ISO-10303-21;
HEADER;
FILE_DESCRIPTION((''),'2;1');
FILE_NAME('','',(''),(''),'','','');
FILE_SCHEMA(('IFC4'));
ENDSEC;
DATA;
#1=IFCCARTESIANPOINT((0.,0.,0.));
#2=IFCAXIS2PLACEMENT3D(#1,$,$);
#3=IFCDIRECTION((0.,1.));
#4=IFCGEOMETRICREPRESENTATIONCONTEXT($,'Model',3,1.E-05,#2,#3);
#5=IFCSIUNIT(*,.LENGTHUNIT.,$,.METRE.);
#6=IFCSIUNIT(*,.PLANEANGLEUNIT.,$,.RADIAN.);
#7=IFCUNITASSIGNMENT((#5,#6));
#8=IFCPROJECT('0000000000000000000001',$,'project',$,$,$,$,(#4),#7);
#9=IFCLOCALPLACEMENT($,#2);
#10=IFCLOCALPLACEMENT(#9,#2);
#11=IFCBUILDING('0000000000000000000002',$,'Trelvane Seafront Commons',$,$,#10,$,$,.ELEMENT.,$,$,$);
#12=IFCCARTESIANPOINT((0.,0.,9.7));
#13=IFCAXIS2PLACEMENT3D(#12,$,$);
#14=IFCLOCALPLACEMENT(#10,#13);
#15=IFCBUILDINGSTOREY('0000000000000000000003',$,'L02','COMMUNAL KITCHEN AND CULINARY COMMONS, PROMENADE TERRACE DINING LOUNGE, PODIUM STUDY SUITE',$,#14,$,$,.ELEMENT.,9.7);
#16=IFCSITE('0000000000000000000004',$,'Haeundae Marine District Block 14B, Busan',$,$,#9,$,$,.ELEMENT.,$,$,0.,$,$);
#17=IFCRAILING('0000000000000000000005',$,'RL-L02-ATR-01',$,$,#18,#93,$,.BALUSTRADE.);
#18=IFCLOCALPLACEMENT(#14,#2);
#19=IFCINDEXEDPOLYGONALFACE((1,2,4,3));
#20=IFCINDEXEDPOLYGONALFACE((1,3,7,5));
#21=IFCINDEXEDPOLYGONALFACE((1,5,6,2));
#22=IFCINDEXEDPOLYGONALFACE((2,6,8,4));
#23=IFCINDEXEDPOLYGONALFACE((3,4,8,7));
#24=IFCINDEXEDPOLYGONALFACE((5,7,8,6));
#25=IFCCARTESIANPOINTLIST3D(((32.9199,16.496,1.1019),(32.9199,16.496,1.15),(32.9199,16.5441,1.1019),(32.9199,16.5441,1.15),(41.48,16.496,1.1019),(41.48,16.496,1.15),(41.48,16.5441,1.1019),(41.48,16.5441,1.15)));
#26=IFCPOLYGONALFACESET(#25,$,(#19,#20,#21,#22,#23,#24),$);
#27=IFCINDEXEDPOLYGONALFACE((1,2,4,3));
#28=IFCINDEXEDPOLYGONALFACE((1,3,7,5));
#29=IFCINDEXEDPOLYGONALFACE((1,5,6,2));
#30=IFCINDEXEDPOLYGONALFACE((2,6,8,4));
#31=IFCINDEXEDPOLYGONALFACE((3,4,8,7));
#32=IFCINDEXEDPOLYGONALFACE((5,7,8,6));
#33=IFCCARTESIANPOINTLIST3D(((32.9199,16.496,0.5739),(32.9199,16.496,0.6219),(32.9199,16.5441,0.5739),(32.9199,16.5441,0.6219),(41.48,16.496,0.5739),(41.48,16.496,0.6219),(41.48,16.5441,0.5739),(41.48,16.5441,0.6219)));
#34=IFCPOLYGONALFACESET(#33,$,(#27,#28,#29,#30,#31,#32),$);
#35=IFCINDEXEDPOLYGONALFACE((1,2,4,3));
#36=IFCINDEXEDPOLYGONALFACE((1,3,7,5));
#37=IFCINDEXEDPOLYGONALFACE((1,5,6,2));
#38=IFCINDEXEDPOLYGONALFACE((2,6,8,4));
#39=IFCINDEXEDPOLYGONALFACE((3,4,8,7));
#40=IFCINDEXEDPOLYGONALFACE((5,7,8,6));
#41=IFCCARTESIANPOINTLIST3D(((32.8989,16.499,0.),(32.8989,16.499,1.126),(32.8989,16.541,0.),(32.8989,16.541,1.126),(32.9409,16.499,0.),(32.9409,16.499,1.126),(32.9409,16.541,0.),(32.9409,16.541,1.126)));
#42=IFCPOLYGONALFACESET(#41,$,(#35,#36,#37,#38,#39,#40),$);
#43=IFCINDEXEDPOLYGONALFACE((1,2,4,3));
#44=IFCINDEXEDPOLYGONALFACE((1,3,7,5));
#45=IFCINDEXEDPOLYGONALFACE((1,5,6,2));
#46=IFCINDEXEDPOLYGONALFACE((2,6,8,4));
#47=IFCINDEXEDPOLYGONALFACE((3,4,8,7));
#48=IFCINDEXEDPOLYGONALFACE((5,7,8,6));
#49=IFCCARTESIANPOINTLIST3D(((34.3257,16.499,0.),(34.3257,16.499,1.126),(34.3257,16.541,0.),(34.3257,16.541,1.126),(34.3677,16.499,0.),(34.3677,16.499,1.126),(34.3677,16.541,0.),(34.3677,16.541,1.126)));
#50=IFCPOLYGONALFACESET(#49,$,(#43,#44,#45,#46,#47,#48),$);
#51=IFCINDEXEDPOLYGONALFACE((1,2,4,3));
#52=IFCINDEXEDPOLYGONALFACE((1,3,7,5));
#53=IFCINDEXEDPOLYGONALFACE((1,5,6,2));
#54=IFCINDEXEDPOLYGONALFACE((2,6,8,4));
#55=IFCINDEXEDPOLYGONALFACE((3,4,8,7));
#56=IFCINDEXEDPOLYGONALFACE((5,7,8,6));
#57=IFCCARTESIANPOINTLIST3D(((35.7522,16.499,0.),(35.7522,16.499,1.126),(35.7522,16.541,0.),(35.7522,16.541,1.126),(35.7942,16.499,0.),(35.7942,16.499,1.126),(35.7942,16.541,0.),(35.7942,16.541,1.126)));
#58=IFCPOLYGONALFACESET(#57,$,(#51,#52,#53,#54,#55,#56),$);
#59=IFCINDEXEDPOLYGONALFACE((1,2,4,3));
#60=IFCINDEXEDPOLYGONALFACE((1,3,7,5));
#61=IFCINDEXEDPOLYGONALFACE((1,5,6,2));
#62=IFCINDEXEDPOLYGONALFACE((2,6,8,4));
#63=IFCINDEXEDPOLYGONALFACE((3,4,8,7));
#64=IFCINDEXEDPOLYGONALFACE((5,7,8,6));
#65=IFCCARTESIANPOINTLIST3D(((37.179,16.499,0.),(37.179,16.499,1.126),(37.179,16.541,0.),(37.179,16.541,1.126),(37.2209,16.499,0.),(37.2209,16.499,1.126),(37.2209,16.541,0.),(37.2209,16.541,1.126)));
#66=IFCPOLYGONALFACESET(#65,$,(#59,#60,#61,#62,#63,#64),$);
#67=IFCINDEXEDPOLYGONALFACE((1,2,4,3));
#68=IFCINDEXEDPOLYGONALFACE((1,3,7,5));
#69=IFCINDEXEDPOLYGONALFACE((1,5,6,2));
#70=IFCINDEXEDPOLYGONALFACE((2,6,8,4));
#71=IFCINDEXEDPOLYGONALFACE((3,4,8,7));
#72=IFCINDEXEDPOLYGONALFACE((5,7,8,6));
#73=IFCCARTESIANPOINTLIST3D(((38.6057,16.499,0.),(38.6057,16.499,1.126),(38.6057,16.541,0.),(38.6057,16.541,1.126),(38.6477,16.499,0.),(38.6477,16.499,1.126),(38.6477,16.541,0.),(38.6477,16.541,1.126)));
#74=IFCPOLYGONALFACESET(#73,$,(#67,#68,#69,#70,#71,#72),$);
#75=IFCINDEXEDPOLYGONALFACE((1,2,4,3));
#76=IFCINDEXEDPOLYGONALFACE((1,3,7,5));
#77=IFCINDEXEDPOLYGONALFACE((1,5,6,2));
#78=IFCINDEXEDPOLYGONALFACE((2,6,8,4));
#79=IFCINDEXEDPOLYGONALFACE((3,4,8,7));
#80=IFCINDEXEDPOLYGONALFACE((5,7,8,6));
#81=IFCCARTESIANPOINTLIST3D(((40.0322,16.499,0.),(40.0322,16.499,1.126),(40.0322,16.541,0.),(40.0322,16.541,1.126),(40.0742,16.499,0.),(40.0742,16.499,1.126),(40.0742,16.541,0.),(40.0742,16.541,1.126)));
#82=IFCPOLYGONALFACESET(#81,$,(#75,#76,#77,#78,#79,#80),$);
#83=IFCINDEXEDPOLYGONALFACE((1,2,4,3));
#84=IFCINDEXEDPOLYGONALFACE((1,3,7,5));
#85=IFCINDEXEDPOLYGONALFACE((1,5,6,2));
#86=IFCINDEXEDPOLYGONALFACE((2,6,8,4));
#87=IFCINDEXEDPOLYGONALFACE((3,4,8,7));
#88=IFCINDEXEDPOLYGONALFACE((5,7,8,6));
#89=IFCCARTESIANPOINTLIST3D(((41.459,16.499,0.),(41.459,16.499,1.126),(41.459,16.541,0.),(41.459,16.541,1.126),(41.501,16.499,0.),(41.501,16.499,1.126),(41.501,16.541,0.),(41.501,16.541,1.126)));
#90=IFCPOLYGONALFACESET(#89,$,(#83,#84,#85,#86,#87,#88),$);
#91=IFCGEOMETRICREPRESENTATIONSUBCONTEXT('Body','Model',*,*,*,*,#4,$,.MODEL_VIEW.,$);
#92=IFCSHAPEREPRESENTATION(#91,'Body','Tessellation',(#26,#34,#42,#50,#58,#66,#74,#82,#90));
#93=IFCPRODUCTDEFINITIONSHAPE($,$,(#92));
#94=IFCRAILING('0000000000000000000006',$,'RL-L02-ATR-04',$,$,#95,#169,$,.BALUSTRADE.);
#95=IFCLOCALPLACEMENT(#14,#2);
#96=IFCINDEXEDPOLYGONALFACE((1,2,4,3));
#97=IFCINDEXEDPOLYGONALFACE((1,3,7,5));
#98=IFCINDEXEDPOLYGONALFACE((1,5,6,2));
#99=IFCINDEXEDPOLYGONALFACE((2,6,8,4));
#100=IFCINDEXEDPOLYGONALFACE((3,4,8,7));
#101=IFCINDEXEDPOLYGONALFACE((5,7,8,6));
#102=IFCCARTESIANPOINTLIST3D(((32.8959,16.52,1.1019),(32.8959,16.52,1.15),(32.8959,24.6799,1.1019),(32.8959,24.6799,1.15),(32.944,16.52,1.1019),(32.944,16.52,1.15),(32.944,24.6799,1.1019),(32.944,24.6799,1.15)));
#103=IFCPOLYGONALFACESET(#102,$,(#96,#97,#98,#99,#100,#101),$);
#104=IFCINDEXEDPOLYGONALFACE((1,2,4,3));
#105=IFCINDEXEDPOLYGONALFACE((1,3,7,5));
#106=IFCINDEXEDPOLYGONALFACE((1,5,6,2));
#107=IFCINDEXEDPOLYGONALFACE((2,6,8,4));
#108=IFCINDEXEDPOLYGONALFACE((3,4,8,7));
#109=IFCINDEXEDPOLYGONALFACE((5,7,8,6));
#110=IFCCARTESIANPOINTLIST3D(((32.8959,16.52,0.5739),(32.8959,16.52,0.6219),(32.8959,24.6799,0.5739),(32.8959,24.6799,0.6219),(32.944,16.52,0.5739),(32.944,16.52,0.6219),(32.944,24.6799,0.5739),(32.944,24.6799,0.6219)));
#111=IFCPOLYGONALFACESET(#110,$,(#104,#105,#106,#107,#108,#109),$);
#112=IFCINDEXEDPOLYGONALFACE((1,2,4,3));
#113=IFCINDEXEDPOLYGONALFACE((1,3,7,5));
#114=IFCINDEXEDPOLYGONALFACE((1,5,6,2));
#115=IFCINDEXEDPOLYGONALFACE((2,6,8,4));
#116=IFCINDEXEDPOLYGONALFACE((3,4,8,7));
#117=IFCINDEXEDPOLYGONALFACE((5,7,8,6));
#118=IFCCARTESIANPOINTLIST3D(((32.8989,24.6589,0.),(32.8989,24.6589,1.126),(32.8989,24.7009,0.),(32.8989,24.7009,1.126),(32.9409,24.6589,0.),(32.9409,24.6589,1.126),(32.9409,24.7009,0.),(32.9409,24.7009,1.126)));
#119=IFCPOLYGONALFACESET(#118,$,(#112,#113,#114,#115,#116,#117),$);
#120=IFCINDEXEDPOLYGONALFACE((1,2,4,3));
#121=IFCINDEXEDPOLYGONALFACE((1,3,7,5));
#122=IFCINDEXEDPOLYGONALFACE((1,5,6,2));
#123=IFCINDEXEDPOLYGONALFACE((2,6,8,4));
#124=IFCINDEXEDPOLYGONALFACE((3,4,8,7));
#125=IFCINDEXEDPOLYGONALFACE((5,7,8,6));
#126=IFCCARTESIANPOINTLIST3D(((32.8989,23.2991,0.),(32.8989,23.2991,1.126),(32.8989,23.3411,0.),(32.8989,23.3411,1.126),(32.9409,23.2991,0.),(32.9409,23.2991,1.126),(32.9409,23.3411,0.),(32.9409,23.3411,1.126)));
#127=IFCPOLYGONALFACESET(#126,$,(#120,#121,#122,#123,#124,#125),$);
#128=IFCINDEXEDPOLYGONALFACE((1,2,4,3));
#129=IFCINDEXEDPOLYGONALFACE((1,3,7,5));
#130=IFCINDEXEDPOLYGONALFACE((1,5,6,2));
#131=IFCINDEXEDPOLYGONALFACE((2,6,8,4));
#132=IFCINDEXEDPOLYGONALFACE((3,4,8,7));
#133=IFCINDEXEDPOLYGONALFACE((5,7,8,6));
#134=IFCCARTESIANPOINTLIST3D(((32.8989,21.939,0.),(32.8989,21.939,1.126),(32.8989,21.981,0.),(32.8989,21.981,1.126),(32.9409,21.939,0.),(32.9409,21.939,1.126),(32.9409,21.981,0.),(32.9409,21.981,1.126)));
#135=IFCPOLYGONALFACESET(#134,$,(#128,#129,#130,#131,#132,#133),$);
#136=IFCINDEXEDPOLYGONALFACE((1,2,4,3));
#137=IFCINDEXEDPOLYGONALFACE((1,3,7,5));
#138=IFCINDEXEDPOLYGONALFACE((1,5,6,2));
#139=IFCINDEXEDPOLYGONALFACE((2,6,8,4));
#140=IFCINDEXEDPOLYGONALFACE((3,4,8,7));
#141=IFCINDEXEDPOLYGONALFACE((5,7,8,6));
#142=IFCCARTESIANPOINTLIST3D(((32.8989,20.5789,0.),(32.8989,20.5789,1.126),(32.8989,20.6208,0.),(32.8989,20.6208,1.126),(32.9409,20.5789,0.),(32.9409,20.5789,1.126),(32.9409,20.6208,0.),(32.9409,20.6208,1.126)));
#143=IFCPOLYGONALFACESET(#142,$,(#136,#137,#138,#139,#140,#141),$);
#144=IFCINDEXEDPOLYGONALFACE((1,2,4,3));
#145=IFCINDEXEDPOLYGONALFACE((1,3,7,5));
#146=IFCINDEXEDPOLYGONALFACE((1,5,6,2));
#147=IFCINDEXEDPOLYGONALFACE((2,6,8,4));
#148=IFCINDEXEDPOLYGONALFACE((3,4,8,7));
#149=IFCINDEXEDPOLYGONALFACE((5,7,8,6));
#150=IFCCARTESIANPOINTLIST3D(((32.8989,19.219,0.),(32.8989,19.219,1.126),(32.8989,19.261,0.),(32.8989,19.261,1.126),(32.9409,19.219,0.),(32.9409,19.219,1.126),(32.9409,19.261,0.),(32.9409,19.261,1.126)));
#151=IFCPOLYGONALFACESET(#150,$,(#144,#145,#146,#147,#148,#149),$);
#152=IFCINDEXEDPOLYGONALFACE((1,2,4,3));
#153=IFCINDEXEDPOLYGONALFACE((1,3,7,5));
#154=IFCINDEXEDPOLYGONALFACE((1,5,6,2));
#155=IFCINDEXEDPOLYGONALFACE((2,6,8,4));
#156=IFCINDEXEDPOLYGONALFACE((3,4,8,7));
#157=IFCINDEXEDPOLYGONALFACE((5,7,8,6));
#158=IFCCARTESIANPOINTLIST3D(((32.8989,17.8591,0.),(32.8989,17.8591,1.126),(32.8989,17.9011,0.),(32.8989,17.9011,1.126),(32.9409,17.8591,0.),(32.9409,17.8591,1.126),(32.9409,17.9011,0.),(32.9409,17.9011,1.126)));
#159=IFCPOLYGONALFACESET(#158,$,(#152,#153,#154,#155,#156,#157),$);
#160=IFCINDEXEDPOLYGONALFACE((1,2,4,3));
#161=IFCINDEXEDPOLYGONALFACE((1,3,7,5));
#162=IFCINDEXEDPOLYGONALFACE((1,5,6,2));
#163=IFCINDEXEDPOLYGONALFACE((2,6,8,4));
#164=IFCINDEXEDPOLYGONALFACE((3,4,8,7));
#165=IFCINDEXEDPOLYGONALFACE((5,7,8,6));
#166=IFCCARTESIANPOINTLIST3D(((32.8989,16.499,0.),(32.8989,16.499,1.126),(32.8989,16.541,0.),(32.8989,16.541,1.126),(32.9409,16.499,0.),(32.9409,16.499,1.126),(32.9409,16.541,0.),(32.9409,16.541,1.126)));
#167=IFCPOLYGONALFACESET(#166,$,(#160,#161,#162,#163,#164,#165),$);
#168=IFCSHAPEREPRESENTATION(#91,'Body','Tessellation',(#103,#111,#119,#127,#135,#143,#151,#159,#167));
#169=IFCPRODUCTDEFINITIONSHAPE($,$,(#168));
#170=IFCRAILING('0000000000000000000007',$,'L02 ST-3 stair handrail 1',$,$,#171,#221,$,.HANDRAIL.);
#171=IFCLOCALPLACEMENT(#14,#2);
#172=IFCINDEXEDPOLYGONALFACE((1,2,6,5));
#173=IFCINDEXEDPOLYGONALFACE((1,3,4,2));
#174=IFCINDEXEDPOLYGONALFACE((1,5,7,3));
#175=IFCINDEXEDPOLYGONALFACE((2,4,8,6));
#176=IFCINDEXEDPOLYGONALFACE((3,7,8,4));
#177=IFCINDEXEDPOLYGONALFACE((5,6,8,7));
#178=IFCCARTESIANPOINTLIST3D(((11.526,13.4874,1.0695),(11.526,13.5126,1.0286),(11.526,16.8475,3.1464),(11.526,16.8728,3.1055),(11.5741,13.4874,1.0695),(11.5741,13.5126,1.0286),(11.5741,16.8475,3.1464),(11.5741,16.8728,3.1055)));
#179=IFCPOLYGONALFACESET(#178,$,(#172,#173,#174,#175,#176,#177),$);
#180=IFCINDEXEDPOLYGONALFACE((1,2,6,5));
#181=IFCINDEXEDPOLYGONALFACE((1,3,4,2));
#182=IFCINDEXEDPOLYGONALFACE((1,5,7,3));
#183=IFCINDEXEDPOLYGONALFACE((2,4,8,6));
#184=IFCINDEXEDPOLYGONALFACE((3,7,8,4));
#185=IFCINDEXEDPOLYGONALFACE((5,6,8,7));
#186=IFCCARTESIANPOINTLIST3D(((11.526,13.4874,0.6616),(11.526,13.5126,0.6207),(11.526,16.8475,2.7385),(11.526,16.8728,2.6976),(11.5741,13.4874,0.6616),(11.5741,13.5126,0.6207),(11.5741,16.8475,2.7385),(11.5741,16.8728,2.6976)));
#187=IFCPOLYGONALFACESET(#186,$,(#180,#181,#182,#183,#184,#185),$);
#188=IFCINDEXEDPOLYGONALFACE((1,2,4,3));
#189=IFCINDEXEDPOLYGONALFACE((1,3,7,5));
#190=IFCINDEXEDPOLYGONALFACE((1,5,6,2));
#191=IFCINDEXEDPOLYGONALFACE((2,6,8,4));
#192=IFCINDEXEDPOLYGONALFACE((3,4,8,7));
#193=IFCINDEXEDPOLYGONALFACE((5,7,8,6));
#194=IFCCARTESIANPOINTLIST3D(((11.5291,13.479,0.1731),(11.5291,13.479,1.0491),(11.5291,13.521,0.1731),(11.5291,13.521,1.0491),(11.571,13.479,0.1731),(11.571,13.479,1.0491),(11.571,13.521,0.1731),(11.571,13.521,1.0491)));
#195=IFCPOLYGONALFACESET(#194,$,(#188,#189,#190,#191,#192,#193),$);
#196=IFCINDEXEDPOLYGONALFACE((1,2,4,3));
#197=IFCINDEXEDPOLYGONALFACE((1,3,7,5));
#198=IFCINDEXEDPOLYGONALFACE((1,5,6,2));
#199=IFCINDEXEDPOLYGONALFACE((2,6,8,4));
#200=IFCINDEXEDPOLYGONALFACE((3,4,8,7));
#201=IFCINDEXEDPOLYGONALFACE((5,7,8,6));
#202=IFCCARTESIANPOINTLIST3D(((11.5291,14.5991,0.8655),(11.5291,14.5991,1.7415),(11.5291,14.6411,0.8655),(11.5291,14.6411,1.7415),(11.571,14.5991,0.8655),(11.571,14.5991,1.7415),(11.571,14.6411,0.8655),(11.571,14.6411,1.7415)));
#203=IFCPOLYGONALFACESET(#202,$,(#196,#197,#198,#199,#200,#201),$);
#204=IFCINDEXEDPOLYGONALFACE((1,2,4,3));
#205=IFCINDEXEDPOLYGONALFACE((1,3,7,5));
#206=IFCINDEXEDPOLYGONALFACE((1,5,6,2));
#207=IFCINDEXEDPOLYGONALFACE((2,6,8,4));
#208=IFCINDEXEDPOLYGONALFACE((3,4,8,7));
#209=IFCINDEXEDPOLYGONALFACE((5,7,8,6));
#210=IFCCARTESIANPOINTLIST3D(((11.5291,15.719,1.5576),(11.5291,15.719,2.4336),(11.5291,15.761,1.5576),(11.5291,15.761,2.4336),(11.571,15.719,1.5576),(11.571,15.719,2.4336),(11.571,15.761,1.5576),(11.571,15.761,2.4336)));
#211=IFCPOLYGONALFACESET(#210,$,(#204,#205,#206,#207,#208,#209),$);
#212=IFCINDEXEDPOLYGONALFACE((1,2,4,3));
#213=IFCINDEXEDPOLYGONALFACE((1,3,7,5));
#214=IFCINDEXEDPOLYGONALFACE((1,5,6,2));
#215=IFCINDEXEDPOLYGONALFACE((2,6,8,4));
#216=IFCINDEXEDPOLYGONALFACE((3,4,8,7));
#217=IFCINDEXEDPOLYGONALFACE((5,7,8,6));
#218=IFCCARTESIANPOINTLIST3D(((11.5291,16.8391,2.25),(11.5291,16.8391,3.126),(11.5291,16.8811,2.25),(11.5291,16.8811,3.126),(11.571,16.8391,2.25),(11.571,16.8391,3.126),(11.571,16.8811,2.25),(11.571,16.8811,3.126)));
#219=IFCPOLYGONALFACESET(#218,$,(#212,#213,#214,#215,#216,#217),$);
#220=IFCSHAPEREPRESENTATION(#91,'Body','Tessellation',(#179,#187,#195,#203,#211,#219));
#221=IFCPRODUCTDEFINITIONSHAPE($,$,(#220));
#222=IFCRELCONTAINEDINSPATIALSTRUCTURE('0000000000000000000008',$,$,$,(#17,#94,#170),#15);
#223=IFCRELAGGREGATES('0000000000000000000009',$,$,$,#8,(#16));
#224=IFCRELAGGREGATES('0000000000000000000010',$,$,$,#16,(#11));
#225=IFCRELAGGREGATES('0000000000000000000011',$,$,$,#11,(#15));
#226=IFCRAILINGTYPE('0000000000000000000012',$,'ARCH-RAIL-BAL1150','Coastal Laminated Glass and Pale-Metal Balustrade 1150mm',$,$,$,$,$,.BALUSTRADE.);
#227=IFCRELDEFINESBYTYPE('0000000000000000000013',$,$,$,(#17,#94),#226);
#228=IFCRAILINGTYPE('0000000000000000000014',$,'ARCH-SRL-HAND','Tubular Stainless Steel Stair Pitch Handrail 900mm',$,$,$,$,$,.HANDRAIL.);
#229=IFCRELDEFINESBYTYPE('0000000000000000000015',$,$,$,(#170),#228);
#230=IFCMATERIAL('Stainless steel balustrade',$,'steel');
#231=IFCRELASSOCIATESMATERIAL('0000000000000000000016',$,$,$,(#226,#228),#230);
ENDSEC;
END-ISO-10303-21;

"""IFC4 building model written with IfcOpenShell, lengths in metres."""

from ifc_helpers import new_model, si_unit, direction, frame, origin, origin_2d, place, context, subcontext, project, spatial, rectangle, extrude, material, type_object, element, save


model = new_model("IFC4")

# Units and contexts
model_context = context("Model", 3, precision=1e-05, world=origin(), true_north=direction((0.0, 1.0)))
body_context = subcontext(model_context, "Body", "Model", "MODEL_VIEW")
ifc_project = project(units=[si_unit("LENGTHUNIT", "METRE"), si_unit("PLANEANGLEUNIT", "RADIAN")], contexts=[model_context])

# Site, building, storey
site_placement = place(None, origin())
site = spatial("IfcSite", under=ifc_project, at=site_placement, Name="Haeundae Marine District Block 14B, Busan", CompositionType="ELEMENT", RefElevation=0.0)
building_placement = place(site_placement, origin())
building = spatial("IfcBuilding", under=site, at=building_placement, Name="Trelvane Seafront Commons", CompositionType="ELEMENT")
storey_placement = place(building_placement, frame((0.0, 0.0, 9.7)))
storey = spatial("IfcBuildingStorey", under=building, at=storey_placement, Name="L02", Description="COMMUNAL KITCHEN AND CULINARY COMMONS, PROMENADE TERRACE DINING LOUNGE, PODIUM STUDY SUITE", CompositionType="ELEMENT", Elevation=9.7)

# Railings
ifc_material_1 = material(Name="Stainless steel balustrade", Category="steel")
railing_type_1 = type_object("IfcRailingType", Name="ARCH-RAIL-BAL1150", Description="Coastal Laminated Glass and Pale-Metal Balustrade 1150mm", PredefinedType="BALUSTRADE", material=ifc_material_1)
railing_1_placement = place(storey_placement, frame((32.9199, 16.52, 0.0)))
element("IfcRailing", 1, at=railing_1_placement, inside=storey, type_object=railing_type_1, Name="RL-L02-ATR-01", PredefinedType="BALUSTRADE", context=body_context, shape_type="SweptSolid", body=[
    extrude(rectangle(XDim=0.0481, YDim=0.0481, at=origin_2d()), frame((0.0, 0.0, 1.126), z_axis=(1.0, 0.0, 0.0), x_axis=(0.0, 1.0, 0.0)), (0.0, 0.0, 1.0), 8.5601),
    extrude(rectangle(XDim=0.0481, YDim=0.0481, at=origin_2d()), frame((0.0, 0.0, 0.5979), z_axis=(1.0, 0.0, 0.0), x_axis=(0.0, 1.0, 0.0)), (0.0, 0.0, 1.0), 8.5601),
    extrude(rectangle(XDim=0.042, YDim=0.042, at=origin_2d()), origin(), (0.0, 0.0, 1.0), 1.126),
    extrude(rectangle(XDim=0.042, YDim=0.042, at=origin_2d()), frame((1.4268, 0.0, 0.0)), (0.0, 0.0, 1.0), 1.126),
    extrude(rectangle(XDim=0.042, YDim=0.042, at=origin_2d()), frame((2.8533, 0.0, 0.0)), (0.0, 0.0, 1.0), 1.126),
    extrude(rectangle(XDim=0.042, YDim=0.042, at=origin_2d()), frame((4.28, 0.0, 0.0)), (0.0, 0.0, 1.0), 1.126),
    extrude(rectangle(XDim=0.042, YDim=0.042, at=origin_2d()), frame((5.7068, 0.0, 0.0)), (0.0, 0.0, 1.0), 1.126),
    extrude(rectangle(XDim=0.042, YDim=0.042, at=origin_2d()), frame((7.1333, 0.0, 0.0)), (0.0, 0.0, 1.0), 1.126),
    extrude(rectangle(XDim=0.042, YDim=0.042, at=origin_2d()), frame((8.5601, 0.0, 0.0)), (0.0, 0.0, 1.0), 1.126),
])
railing_2_placement = place(storey_placement, frame((32.9199, 24.6799, 0.0)))
element("IfcRailing", 2, at=railing_2_placement, inside=storey, type_object=railing_type_1, Name="RL-L02-ATR-04", PredefinedType="BALUSTRADE", context=body_context, shape_type="SweptSolid", body=[
    extrude(rectangle(XDim=0.0481, YDim=0.0481, at=origin_2d()), frame((0.0, 0.0, 1.126), z_axis=(0.0, -1.0, 0.0), x_axis=(1.0, 0.0, 0.0)), (0.0, 0.0, 1.0), 8.1599),
    extrude(rectangle(XDim=0.0481, YDim=0.0481, at=origin_2d()), frame((0.0, 0.0, 0.5979), z_axis=(0.0, -1.0, 0.0), x_axis=(1.0, 0.0, 0.0)), (0.0, 0.0, 1.0), 8.1599),
    extrude(rectangle(XDim=0.042, YDim=0.042, at=origin_2d()), origin(), (0.0, 0.0, 1.0), 1.126),
    extrude(rectangle(XDim=0.042, YDim=0.042, at=origin_2d()), frame((0.0, -1.3599, 0.0)), (0.0, 0.0, 1.0), 1.126),
    extrude(rectangle(XDim=0.042, YDim=0.042, at=origin_2d()), frame((0.0, -2.72, 0.0)), (0.0, 0.0, 1.0), 1.126),
    extrude(rectangle(XDim=0.042, YDim=0.042, at=origin_2d()), frame((0.0, -4.0801, 0.0)), (0.0, 0.0, 1.0), 1.126),
    extrude(rectangle(XDim=0.042, YDim=0.042, at=origin_2d()), frame((0.0, -5.4399, 0.0)), (0.0, 0.0, 1.0), 1.126),
    extrude(rectangle(XDim=0.042, YDim=0.042, at=origin_2d()), frame((0.0, -6.7998, 0.0)), (0.0, 0.0, 1.0), 1.126),
    extrude(rectangle(XDim=0.042, YDim=0.042, at=origin_2d()), frame((0.0, -8.1599, 0.0)), (0.0, 0.0, 1.0), 1.126),
])
railing_type_2 = type_object("IfcRailingType", Name="ARCH-SRL-HAND", Description="Tubular Stainless Steel Stair Pitch Handrail 900mm", PredefinedType="HANDRAIL", material=ifc_material_1)
railing_3_placement = place(storey_placement, frame((11.55, 13.5, 0.1731)))
element("IfcRailing", 3, at=railing_3_placement, inside=storey, type_object=railing_type_2, Name="L02 ST-3 stair handrail 1", PredefinedType="HANDRAIL", context=body_context, shape_type="SweptSolid", body=[
    extrude(rectangle(XDim=0.0481, YDim=0.0481, at=origin_2d()), frame((0.0, 0.0, 0.876), z_axis=(0.0, 0.850623, 0.525776), x_axis=(-1.0, 0.0, 0.0)), (0.0, 0.0, 1.0), 3.9502),
    extrude(rectangle(XDim=0.0481, YDim=0.0481, at=origin_2d()), frame((0.0, 0.0, 0.468), z_axis=(0.0, 0.850623, 0.525776), x_axis=(-1.0, 0.0, 0.0)), (0.0, 0.0, 1.0), 3.9502),
    extrude(rectangle(XDim=0.042, YDim=0.042, at=origin_2d()), origin(), (0.0, 0.0, 1.0), 0.876),
    extrude(rectangle(XDim=0.042, YDim=0.042, at=origin_2d()), frame((0.0, 1.1201, 0.6924)), (0.0, 0.0, 1.0), 0.876),
    extrude(rectangle(XDim=0.042, YDim=0.042, at=origin_2d()), frame((0.0, 2.24, 1.3845)), (0.0, 0.0, 1.0), 0.876),
    extrude(rectangle(XDim=0.042, YDim=0.042, at=origin_2d()), frame((0.0, 3.3601, 2.0769)), (0.0, 0.0, 1.0), 0.876),
])

save(model, "model.ifc")
